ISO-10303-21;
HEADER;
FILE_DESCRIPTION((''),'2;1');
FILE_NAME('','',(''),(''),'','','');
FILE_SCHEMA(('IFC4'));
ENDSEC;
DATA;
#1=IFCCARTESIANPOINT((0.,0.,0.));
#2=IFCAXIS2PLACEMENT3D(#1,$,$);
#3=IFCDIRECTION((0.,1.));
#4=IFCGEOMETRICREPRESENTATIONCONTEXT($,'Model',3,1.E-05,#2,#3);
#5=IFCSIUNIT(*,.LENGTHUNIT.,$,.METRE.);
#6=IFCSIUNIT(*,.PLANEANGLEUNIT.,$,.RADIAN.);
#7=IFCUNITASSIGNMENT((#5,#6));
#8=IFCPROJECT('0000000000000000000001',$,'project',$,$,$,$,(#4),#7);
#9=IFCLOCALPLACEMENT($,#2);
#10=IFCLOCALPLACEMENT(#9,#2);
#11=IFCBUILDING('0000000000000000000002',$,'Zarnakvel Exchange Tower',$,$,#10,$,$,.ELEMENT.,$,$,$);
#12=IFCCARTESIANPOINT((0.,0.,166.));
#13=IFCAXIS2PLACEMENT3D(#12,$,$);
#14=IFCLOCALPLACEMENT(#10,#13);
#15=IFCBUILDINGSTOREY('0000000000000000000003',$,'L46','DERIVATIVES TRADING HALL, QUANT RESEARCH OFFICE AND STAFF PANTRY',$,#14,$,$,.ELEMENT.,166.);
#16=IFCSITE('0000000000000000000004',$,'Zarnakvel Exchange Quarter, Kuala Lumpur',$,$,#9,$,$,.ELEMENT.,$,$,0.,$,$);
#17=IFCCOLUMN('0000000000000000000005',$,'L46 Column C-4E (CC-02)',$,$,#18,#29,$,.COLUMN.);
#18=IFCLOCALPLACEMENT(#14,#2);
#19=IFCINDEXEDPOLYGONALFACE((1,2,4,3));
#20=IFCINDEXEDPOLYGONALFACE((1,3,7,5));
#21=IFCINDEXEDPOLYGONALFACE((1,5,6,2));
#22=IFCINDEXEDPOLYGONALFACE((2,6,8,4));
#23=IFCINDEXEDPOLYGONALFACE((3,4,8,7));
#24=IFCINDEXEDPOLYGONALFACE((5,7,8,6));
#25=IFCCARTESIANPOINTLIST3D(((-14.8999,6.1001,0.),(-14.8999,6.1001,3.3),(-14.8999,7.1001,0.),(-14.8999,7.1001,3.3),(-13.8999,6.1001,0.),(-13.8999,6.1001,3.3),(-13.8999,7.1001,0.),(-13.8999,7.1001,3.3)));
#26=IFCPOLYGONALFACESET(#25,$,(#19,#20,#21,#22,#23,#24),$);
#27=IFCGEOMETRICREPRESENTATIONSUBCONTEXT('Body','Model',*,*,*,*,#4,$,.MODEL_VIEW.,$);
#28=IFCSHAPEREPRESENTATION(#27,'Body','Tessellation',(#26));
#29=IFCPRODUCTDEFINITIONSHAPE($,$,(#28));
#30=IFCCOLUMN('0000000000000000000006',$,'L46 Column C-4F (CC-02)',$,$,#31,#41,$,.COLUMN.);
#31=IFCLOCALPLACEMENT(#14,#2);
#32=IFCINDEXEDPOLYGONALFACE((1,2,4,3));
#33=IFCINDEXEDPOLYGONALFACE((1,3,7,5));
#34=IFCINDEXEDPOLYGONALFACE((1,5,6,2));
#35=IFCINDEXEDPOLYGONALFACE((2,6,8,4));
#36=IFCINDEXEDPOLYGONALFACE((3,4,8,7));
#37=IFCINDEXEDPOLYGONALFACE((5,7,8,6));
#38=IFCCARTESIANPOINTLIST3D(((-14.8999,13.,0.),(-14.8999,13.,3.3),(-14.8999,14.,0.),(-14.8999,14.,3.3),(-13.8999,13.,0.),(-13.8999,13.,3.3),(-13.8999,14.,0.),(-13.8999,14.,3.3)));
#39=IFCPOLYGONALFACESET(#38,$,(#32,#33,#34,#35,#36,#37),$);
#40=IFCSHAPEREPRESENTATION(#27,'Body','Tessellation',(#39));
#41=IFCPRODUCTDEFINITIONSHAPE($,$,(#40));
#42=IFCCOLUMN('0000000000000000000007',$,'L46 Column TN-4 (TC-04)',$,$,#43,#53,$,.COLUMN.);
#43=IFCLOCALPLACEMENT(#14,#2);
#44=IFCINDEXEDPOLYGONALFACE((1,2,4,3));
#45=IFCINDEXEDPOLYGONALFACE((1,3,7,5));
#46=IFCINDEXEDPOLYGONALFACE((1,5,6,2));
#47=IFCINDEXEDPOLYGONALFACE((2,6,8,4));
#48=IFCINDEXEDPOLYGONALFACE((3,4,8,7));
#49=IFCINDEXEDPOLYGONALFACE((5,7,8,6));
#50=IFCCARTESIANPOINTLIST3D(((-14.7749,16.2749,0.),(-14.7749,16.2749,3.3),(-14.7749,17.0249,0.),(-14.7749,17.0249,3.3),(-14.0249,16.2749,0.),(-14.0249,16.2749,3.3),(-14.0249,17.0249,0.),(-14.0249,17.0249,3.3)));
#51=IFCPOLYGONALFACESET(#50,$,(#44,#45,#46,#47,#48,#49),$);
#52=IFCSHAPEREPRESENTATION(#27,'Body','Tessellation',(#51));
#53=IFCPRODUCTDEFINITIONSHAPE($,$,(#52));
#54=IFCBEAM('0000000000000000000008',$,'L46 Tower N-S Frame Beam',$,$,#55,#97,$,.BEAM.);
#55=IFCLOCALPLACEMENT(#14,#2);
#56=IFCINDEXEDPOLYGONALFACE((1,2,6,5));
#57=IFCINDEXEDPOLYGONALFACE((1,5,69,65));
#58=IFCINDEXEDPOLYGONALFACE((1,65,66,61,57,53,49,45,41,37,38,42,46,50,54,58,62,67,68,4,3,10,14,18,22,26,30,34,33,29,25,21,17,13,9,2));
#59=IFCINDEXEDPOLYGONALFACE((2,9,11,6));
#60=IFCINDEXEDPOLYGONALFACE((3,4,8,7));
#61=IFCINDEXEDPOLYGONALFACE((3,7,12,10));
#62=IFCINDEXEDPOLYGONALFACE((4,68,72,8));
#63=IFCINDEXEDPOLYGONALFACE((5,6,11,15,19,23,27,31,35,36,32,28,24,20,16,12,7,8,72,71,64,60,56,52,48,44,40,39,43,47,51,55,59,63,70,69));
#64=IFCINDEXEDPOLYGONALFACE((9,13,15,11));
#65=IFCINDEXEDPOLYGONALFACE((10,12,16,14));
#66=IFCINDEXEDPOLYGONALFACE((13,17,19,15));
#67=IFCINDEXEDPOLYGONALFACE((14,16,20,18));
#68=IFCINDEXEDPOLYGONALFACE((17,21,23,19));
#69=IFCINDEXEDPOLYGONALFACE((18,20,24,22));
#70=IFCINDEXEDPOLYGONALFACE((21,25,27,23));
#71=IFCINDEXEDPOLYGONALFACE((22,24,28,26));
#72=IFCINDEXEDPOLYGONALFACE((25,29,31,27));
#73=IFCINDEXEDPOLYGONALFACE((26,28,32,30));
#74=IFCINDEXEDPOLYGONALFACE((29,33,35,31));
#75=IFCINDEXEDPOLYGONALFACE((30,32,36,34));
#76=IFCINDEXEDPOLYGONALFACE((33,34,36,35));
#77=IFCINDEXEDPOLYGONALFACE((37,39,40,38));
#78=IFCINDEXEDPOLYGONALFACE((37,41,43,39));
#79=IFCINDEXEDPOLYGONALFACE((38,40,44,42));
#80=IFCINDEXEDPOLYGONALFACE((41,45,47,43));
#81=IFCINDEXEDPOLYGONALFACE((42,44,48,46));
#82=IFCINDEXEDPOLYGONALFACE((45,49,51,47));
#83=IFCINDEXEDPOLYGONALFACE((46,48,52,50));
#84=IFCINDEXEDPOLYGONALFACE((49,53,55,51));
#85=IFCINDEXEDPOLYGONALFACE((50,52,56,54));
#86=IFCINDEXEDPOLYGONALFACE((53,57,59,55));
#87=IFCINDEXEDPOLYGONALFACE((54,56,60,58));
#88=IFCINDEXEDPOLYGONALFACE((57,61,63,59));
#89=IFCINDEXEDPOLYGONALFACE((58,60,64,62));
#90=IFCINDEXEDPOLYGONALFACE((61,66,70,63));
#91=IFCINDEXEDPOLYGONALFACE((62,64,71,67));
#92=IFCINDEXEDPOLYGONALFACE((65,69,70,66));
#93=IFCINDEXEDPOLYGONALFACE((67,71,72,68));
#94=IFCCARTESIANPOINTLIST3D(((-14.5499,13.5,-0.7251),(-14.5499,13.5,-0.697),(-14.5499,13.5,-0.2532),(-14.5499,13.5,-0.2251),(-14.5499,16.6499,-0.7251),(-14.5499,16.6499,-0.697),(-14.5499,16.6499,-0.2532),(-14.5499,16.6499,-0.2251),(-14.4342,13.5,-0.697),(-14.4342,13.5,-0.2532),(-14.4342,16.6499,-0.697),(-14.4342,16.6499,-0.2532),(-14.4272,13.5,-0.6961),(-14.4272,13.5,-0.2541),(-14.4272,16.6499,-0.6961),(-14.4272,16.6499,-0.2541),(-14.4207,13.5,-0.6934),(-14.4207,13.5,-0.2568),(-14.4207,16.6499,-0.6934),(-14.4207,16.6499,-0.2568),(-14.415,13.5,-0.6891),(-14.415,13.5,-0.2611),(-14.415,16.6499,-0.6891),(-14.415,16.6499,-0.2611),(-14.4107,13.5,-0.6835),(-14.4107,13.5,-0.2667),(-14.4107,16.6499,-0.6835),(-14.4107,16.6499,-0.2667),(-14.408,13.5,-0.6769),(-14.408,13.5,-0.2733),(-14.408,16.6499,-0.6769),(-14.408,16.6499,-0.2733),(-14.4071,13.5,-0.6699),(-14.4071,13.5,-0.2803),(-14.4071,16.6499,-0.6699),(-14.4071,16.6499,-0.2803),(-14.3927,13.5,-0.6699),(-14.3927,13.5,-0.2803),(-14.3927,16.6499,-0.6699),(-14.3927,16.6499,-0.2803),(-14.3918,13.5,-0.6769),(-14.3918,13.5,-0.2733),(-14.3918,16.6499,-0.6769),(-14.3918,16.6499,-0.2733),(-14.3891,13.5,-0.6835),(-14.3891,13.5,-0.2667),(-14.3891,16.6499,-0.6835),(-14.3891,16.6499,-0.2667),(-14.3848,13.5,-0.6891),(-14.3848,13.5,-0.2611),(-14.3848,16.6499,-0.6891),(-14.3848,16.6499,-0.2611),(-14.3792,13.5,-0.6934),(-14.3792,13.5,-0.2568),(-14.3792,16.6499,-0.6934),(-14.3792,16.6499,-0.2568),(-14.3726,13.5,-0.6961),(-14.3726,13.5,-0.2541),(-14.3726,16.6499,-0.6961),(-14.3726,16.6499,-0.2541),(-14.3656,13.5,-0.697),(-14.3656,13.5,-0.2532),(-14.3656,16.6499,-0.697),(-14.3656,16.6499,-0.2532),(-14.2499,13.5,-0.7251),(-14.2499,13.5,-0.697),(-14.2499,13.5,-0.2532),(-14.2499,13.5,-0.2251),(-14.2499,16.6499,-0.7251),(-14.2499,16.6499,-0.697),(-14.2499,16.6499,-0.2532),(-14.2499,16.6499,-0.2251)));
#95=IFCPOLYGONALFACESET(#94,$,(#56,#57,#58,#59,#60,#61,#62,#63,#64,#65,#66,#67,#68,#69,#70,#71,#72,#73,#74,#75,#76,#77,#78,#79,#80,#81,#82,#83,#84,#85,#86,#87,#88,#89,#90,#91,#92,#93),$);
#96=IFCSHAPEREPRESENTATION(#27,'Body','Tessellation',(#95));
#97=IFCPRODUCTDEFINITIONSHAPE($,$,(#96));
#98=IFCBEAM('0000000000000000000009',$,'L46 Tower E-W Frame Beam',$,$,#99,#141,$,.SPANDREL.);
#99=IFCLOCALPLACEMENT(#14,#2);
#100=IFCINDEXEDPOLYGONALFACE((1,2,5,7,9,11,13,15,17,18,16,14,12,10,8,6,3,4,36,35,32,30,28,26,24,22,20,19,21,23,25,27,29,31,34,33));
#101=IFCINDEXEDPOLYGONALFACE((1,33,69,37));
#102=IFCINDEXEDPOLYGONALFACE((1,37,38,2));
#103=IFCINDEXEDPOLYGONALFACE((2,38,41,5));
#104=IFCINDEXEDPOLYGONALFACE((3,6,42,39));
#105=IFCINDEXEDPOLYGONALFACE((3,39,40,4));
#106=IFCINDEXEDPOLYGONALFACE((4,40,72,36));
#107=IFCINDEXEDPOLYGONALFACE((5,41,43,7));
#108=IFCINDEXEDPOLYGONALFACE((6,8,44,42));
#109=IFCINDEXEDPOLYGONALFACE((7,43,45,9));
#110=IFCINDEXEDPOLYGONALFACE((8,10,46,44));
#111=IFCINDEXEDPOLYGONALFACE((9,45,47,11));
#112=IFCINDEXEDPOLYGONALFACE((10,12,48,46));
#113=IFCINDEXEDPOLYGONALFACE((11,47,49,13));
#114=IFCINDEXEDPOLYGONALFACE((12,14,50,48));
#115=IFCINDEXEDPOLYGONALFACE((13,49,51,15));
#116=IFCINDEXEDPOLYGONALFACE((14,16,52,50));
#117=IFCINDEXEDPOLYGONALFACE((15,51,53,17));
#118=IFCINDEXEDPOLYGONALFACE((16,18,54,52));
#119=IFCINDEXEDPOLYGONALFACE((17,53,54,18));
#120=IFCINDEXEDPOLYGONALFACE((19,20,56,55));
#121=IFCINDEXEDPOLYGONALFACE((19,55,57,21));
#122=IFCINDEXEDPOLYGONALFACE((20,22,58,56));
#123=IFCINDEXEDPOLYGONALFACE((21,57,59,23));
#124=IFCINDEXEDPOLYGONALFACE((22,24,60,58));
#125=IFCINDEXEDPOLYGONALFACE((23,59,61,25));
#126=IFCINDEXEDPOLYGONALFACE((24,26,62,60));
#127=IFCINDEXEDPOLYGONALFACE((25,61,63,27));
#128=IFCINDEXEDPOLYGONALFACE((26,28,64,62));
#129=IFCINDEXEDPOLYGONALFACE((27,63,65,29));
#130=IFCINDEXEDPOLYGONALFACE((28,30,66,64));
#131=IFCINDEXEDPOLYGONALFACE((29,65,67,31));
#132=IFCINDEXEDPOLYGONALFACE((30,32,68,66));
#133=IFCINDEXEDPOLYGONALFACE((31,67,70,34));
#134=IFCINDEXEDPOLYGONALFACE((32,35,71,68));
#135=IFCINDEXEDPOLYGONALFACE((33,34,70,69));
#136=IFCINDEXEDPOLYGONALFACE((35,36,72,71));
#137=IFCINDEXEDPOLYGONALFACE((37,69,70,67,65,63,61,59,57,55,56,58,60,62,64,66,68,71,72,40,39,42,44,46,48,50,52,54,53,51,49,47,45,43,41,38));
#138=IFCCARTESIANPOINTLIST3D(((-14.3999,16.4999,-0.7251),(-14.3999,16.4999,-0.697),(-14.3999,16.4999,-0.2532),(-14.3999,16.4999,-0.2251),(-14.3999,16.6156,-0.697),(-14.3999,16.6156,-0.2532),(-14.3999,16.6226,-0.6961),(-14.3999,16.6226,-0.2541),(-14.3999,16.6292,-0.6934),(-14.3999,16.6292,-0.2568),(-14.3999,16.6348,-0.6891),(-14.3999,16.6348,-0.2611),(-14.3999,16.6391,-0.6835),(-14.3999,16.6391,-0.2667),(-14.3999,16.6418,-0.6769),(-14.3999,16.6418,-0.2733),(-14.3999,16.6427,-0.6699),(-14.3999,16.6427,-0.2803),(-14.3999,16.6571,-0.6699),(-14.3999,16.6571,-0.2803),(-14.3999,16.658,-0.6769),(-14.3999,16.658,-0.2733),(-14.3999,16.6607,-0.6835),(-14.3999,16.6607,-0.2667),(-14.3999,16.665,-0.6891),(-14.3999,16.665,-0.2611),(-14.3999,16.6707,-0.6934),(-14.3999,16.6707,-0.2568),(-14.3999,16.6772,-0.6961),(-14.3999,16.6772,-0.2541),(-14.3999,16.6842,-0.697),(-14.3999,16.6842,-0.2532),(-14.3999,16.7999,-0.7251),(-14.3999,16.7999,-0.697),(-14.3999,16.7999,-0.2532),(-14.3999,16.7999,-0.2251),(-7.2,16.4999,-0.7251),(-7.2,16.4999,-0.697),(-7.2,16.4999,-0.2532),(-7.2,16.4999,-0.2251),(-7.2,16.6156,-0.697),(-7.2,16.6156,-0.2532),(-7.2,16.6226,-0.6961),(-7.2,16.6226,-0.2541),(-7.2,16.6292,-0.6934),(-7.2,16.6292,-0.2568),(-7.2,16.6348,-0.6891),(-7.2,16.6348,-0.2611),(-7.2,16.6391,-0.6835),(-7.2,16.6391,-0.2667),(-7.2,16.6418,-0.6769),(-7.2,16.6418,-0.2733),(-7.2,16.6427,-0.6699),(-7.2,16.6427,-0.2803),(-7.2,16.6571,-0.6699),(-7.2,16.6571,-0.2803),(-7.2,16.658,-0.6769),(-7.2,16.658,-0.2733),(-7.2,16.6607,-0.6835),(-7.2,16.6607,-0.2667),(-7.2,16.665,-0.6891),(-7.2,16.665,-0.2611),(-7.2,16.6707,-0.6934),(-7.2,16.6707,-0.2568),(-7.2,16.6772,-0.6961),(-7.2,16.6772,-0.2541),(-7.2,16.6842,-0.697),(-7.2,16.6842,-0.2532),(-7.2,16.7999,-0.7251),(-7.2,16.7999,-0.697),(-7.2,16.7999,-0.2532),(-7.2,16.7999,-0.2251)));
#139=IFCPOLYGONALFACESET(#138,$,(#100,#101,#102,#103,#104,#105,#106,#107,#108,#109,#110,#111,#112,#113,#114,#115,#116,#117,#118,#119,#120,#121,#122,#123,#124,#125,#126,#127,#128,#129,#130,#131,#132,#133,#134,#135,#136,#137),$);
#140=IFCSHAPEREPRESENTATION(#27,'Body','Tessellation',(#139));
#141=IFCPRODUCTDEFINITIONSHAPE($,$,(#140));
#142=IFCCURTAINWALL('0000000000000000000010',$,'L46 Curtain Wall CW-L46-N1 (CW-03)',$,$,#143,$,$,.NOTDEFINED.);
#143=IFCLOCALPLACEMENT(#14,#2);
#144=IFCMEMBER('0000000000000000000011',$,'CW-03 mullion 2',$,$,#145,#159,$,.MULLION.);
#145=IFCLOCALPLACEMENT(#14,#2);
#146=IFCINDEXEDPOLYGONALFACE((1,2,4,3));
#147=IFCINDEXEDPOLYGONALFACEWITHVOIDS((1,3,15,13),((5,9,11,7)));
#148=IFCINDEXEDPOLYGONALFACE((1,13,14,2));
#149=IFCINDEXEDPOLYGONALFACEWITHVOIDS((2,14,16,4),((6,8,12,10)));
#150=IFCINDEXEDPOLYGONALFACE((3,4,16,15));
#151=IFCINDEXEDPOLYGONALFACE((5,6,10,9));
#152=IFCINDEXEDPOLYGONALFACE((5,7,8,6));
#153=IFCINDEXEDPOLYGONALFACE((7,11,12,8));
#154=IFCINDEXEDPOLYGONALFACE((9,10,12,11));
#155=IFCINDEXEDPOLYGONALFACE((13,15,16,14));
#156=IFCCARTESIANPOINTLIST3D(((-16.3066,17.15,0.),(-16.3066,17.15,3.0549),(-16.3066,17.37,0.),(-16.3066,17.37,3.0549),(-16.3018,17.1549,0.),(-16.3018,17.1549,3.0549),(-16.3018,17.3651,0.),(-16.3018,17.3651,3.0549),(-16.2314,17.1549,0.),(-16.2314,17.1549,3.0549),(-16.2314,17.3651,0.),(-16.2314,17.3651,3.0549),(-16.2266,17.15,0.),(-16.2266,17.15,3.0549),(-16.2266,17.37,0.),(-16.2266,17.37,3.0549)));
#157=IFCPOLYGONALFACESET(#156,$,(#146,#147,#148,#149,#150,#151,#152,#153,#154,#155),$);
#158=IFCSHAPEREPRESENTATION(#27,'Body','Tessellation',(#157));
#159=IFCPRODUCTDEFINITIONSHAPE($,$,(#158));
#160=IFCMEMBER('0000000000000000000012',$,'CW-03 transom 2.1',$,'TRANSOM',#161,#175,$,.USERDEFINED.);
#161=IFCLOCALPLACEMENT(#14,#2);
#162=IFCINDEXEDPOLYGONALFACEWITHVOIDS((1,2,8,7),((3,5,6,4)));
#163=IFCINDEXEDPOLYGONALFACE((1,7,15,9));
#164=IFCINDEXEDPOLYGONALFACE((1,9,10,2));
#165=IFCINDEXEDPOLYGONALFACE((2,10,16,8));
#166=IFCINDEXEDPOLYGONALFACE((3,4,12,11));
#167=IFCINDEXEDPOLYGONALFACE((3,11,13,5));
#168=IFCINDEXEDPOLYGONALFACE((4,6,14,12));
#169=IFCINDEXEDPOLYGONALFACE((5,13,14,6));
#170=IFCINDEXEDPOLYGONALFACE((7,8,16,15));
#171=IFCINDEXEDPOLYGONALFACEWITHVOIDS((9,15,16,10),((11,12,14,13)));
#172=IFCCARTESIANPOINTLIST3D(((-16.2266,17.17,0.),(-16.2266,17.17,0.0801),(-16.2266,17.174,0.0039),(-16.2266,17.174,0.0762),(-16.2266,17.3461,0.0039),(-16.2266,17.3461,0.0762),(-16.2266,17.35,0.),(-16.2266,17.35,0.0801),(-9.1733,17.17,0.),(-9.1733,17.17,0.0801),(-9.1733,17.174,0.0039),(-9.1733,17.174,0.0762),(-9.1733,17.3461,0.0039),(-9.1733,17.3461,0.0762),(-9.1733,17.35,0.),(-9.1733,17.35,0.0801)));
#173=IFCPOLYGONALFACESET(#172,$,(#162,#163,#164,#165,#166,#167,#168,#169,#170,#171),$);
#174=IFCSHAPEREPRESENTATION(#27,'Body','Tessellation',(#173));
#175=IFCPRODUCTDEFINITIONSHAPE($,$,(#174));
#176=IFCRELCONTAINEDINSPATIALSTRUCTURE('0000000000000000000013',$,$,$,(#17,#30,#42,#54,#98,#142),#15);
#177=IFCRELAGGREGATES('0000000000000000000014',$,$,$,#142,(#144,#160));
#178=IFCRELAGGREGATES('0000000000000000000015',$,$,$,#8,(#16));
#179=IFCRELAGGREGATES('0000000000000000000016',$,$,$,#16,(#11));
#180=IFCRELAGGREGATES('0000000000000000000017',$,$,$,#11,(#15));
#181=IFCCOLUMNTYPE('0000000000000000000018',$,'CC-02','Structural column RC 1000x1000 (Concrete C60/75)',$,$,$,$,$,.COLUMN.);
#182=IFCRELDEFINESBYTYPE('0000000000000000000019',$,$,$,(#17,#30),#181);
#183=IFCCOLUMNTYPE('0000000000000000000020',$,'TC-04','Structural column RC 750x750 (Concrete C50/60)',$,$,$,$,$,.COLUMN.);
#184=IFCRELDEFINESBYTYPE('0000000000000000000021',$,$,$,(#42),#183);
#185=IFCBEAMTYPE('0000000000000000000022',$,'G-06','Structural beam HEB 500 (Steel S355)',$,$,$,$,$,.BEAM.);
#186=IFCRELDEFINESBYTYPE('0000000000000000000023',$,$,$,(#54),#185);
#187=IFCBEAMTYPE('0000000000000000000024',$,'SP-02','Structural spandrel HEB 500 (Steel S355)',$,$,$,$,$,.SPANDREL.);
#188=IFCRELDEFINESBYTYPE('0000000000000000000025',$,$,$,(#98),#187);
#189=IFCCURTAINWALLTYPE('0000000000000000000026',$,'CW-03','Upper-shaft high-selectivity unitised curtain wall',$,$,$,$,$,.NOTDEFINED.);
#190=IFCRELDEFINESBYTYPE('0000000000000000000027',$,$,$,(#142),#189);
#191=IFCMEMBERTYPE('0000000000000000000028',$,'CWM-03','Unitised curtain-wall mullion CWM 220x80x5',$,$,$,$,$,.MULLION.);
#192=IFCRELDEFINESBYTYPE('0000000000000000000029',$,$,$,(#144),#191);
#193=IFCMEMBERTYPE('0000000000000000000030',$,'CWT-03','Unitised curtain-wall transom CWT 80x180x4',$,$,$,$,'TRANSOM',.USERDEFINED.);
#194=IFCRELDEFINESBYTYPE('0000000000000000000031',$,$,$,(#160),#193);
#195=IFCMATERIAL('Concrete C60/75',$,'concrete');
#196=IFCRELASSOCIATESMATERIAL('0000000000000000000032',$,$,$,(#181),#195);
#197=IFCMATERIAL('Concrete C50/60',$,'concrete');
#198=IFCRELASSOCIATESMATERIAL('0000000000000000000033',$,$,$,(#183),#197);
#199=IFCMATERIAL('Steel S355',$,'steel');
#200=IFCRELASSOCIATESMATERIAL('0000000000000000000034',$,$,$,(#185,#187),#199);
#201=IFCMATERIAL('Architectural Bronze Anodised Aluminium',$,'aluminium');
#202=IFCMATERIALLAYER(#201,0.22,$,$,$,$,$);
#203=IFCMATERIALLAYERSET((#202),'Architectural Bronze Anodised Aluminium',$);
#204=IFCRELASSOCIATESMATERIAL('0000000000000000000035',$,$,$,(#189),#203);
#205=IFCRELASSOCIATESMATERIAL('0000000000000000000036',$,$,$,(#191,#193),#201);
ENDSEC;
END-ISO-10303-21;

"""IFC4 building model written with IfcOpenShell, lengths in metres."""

from ifc_helpers import new_model, si_unit, direction, frame, origin, origin_2d, place, context, subcontext, project, spatial, rectangle, hollow_rectangle, i_section, extrude, source, transform, mapped, material, layer, layer_set, material_profile, profile_set, type_object, element, aggregate, save


model = new_model("IFC4")

# Units and contexts
model_context = context("Model", 3, precision=1e-05, world=origin(), true_north=direction((0.0, 1.0)))
body_context = subcontext(model_context, "Body", "Model", "MODEL_VIEW")
ifc_project = project(units=[si_unit("LENGTHUNIT", "METRE"), si_unit("PLANEANGLEUNIT", "RADIAN")], contexts=[model_context])

# Site, building, storey
site_placement = place(None, origin())
site = spatial("IfcSite", under=ifc_project, at=site_placement, Name="Zarnakvel Exchange Quarter, Kuala Lumpur", CompositionType="ELEMENT", RefElevation=0.0)
building_placement = place(site_placement, origin())
building = spatial("IfcBuilding", under=site, at=building_placement, Name="Zarnakvel Exchange Tower", CompositionType="ELEMENT")
storey_placement = place(building_placement, frame((0.0, 0.0, 166.0)))
storey = spatial("IfcBuildingStorey", under=building, at=storey_placement, Name="L46", Description="DERIVATIVES TRADING HALL, QUANT RESEARCH OFFICE AND STAFF PANTRY", CompositionType="ELEMENT", Elevation=166.0)

# Columns
ifc_material_1 = material(Name="Concrete C60/75", Category="concrete")
ifc_material_profile_1 = material_profile(ifc_material_1, rectangle(XDim=1.0, YDim=1.0, at=origin_2d()))
ifc_profile_set_1 = profile_set([ifc_material_profile_1], Name="Concrete C60/75")
column_type_1 = type_object("IfcColumnType", Name="CC-02", Description="Structural column RC 1000x1000 (Concrete C60/75)", PredefinedType="COLUMN", material=ifc_profile_set_1)
for number, where, z_axis, x_axis, name in (
    (1, (-14.3999, 6.6001, 0.0), (0.0, 0.0, 1.0), (1.0, 0.0, 0.0), "L46 Column C-4E (CC-02)"),
    (2, (-14.3999, 13.5, 0.0), (0.0, 0.0, 1.0), (1.0, 0.0, 0.0), "L46 Column C-4F (CC-02)"),
):
    element("IfcColumn", number, at=place(storey_placement, frame(where, z_axis=z_axis, x_axis=x_axis)), inside=storey, type_object=column_type_1, Name=name, PredefinedType="COLUMN", context=body_context, shape_type="SweptSolid", body=[
        extrude(rectangle(XDim=1.0, YDim=1.0, at=origin_2d()), origin(), (0.0, 0.0, 1.0), 3.3),
    ])
ifc_material_2 = material(Name="Concrete C50/60", Category="concrete")
ifc_material_profile_2 = material_profile(ifc_material_2, rectangle(XDim=0.75, YDim=0.75, at=origin_2d()))
ifc_profile_set_2 = profile_set([ifc_material_profile_2], Name="Concrete C50/60")
column_type_2 = type_object("IfcColumnType", Name="TC-04", Description="Structural column RC 750x750 (Concrete C50/60)", PredefinedType="COLUMN", material=ifc_profile_set_2)
column_placement = place(storey_placement, frame((-14.3999, 16.6499, 0.0), z_axis=(0.0, 0.0, 1.0), x_axis=(1.0, 0.0, 0.0)))
element("IfcColumn", 3, at=column_placement, inside=storey, type_object=column_type_2, Name="L46 Column TN-4 (TC-04)", PredefinedType="COLUMN", context=body_context, shape_type="SweptSolid", body=[
    extrude(rectangle(XDim=0.75, YDim=0.75, at=origin_2d()), origin(), (0.0, 0.0, 1.0), 3.3),
])

# Beams
ifc_material_3 = material(Name="Steel S355", Category="steel")
ifc_material_profile_3 = material_profile(ifc_material_3, i_section(OverallWidth=0.3, OverallDepth=0.5, WebThickness=0.0144, FlangeThickness=0.0281, FilletRadius=0.0271, at=origin_2d()))
ifc_profile_set_3 = profile_set([ifc_material_profile_3], Name="Steel S355")
beam_type_1 = type_object("IfcBeamType", Name="G-06", Description="Structural beam HEB 500 (Steel S355)", PredefinedType="BEAM", material=ifc_profile_set_3)
beam_1_placement = place(storey_placement, frame((-14.3999, 13.5, -0.4751), z_axis=(0.0, 1.0, 0.0), x_axis=(-1.0, 0.0, 0.0)))
element("IfcBeam", 4, at=beam_1_placement, inside=storey, type_object=beam_type_1, Name="L46 Tower N-S Frame Beam", PredefinedType="BEAM", context=body_context, shape_type="SweptSolid", body=[
    extrude(i_section(OverallWidth=0.3, OverallDepth=0.5, WebThickness=0.0144, FlangeThickness=0.0281, FilletRadius=0.0271, at=origin_2d()), origin(), (0.0, 0.0, 1.0), 3.1499),
])
ifc_material_profile_4 = material_profile(ifc_material_3, i_section(OverallWidth=0.3, OverallDepth=0.5, WebThickness=0.0144, FlangeThickness=0.0281, FilletRadius=0.0271, at=origin_2d()))
ifc_profile_set_4 = profile_set([ifc_material_profile_4], Name="Steel S355")
beam_type_2 = type_object("IfcBeamType", Name="SP-02", Description="Structural spandrel HEB 500 (Steel S355)", PredefinedType="SPANDREL", material=ifc_profile_set_4)
beam_2_placement = place(storey_placement, frame((-14.3999, 16.6499, -0.4751), z_axis=(1.0, 0.0, 0.0), x_axis=(0.0, 1.0, 0.0)))
element("IfcBeam", 5, at=beam_2_placement, inside=storey, type_object=beam_type_2, Name="L46 Tower E-W Frame Beam", PredefinedType="SPANDREL", context=body_context, shape_type="SweptSolid", body=[
    extrude(i_section(OverallWidth=0.3, OverallDepth=0.5, WebThickness=0.0144, FlangeThickness=0.0281, FilletRadius=0.0271, at=origin_2d()), origin(), (0.0, 0.0, 1.0), 7.2),
])

# Curtain wall, members
ifc_material_4 = material(Name="Architectural Bronze Anodised Aluminium", Category="aluminium")
ifc_layer_1 = layer(ifc_material_4, 0.22)
ifc_layer_set_1 = layer_set([ifc_layer_1], Name="Architectural Bronze Anodised Aluminium")
curtain_wall_type = type_object("IfcCurtainWallType", Name="CW-03", Description="Upper-shaft high-selectivity unitised curtain wall", PredefinedType="NOTDEFINED", material=ifc_layer_set_1)
curtain_wall_placement = place(storey_placement, origin())
curtain_wall = element("IfcCurtainWall", 6, at=curtain_wall_placement, inside=storey, type_object=curtain_wall_type, Name="L46 Curtain Wall CW-L46-N1 (CW-03)", PredefinedType="NOTDEFINED")
ifc_material_profile_5 = material_profile(ifc_material_4, hollow_rectangle(XDim=0.22, YDim=0.0801, WallThickness=0.0049, at=origin_2d()))
ifc_profile_set_5 = profile_set([ifc_material_profile_5], Name="Architectural Bronze Anodised Aluminium")
member_type_1 = type_object("IfcMemberType", Name="CWM-03", Description="Unitised curtain-wall mullion CWM 220x80x5", PredefinedType="MULLION", material=ifc_profile_set_5)
shared_shape_1 = source(origin(), body_context, "Body", "SweptSolid", [
    extrude(hollow_rectangle(XDim=0.22, YDim=0.0801, WallThickness=0.0049, at=origin_2d()), origin(), (0.0, 0.0, 1.0), 3.0549),
])
member_1_placement = place(storey_placement, frame((-16.2666, 17.26, 0.0), z_axis=(0.0, 0.0, 1.0), x_axis=(0.0, 1.0, 0.0)))
member_1 = element("IfcMember", 7, at=member_1_placement, type_object=member_type_1, Name="CW-03 mullion 2", PredefinedType="MULLION", context=body_context, shape_type="MappedRepresentation", body=[
    mapped(shared_shape_1, transform((0.0, 0.0, 0.0), x_axis=(1.0, 0.0, 0.0), y_axis=(0.0, 1.0, 0.0), z_axis=(0.0, 0.0, 1.0), scale=1.0)),
])
ifc_material_profile_6 = material_profile(ifc_material_4, hollow_rectangle(XDim=0.1799, YDim=0.0801, WallThickness=0.0039, at=origin_2d()))
ifc_profile_set_6 = profile_set([ifc_material_profile_6], Name="Architectural Bronze Anodised Aluminium")
member_type_2 = type_object("IfcMemberType", Name="CWT-03", Description="Unitised curtain-wall transom CWT 80x180x4", ElementType="TRANSOM", PredefinedType="USERDEFINED", material=ifc_profile_set_6)
shared_shape_2 = source(origin(), body_context, "Body", "SweptSolid", [
    extrude(hollow_rectangle(XDim=0.1799, YDim=0.0801, WallThickness=0.0039, at=origin_2d()), origin(), (0.0, 0.0, 1.0), 7.0532),
])
member_2_placement = place(storey_placement, frame((-16.2266, 17.26, 0.04), z_axis=(1.0, 0.0, 0.0), x_axis=(0.0, 1.0, 0.0)))
member_2 = element("IfcMember", 8, at=member_2_placement, type_object=member_type_2, Name="CW-03 transom 2.1", ObjectType="TRANSOM", PredefinedType="USERDEFINED", context=body_context, shape_type="MappedRepresentation", body=[
    mapped(shared_shape_2, transform((0.0, 0.0, 0.0), x_axis=(1.0, 0.0, 0.0), y_axis=(0.0, 1.0, 0.0), z_axis=(0.0, 0.0, 1.0), scale=1.0)),
])
aggregate(curtain_wall, [member_1, member_2])

save(model, "model.ifc")
